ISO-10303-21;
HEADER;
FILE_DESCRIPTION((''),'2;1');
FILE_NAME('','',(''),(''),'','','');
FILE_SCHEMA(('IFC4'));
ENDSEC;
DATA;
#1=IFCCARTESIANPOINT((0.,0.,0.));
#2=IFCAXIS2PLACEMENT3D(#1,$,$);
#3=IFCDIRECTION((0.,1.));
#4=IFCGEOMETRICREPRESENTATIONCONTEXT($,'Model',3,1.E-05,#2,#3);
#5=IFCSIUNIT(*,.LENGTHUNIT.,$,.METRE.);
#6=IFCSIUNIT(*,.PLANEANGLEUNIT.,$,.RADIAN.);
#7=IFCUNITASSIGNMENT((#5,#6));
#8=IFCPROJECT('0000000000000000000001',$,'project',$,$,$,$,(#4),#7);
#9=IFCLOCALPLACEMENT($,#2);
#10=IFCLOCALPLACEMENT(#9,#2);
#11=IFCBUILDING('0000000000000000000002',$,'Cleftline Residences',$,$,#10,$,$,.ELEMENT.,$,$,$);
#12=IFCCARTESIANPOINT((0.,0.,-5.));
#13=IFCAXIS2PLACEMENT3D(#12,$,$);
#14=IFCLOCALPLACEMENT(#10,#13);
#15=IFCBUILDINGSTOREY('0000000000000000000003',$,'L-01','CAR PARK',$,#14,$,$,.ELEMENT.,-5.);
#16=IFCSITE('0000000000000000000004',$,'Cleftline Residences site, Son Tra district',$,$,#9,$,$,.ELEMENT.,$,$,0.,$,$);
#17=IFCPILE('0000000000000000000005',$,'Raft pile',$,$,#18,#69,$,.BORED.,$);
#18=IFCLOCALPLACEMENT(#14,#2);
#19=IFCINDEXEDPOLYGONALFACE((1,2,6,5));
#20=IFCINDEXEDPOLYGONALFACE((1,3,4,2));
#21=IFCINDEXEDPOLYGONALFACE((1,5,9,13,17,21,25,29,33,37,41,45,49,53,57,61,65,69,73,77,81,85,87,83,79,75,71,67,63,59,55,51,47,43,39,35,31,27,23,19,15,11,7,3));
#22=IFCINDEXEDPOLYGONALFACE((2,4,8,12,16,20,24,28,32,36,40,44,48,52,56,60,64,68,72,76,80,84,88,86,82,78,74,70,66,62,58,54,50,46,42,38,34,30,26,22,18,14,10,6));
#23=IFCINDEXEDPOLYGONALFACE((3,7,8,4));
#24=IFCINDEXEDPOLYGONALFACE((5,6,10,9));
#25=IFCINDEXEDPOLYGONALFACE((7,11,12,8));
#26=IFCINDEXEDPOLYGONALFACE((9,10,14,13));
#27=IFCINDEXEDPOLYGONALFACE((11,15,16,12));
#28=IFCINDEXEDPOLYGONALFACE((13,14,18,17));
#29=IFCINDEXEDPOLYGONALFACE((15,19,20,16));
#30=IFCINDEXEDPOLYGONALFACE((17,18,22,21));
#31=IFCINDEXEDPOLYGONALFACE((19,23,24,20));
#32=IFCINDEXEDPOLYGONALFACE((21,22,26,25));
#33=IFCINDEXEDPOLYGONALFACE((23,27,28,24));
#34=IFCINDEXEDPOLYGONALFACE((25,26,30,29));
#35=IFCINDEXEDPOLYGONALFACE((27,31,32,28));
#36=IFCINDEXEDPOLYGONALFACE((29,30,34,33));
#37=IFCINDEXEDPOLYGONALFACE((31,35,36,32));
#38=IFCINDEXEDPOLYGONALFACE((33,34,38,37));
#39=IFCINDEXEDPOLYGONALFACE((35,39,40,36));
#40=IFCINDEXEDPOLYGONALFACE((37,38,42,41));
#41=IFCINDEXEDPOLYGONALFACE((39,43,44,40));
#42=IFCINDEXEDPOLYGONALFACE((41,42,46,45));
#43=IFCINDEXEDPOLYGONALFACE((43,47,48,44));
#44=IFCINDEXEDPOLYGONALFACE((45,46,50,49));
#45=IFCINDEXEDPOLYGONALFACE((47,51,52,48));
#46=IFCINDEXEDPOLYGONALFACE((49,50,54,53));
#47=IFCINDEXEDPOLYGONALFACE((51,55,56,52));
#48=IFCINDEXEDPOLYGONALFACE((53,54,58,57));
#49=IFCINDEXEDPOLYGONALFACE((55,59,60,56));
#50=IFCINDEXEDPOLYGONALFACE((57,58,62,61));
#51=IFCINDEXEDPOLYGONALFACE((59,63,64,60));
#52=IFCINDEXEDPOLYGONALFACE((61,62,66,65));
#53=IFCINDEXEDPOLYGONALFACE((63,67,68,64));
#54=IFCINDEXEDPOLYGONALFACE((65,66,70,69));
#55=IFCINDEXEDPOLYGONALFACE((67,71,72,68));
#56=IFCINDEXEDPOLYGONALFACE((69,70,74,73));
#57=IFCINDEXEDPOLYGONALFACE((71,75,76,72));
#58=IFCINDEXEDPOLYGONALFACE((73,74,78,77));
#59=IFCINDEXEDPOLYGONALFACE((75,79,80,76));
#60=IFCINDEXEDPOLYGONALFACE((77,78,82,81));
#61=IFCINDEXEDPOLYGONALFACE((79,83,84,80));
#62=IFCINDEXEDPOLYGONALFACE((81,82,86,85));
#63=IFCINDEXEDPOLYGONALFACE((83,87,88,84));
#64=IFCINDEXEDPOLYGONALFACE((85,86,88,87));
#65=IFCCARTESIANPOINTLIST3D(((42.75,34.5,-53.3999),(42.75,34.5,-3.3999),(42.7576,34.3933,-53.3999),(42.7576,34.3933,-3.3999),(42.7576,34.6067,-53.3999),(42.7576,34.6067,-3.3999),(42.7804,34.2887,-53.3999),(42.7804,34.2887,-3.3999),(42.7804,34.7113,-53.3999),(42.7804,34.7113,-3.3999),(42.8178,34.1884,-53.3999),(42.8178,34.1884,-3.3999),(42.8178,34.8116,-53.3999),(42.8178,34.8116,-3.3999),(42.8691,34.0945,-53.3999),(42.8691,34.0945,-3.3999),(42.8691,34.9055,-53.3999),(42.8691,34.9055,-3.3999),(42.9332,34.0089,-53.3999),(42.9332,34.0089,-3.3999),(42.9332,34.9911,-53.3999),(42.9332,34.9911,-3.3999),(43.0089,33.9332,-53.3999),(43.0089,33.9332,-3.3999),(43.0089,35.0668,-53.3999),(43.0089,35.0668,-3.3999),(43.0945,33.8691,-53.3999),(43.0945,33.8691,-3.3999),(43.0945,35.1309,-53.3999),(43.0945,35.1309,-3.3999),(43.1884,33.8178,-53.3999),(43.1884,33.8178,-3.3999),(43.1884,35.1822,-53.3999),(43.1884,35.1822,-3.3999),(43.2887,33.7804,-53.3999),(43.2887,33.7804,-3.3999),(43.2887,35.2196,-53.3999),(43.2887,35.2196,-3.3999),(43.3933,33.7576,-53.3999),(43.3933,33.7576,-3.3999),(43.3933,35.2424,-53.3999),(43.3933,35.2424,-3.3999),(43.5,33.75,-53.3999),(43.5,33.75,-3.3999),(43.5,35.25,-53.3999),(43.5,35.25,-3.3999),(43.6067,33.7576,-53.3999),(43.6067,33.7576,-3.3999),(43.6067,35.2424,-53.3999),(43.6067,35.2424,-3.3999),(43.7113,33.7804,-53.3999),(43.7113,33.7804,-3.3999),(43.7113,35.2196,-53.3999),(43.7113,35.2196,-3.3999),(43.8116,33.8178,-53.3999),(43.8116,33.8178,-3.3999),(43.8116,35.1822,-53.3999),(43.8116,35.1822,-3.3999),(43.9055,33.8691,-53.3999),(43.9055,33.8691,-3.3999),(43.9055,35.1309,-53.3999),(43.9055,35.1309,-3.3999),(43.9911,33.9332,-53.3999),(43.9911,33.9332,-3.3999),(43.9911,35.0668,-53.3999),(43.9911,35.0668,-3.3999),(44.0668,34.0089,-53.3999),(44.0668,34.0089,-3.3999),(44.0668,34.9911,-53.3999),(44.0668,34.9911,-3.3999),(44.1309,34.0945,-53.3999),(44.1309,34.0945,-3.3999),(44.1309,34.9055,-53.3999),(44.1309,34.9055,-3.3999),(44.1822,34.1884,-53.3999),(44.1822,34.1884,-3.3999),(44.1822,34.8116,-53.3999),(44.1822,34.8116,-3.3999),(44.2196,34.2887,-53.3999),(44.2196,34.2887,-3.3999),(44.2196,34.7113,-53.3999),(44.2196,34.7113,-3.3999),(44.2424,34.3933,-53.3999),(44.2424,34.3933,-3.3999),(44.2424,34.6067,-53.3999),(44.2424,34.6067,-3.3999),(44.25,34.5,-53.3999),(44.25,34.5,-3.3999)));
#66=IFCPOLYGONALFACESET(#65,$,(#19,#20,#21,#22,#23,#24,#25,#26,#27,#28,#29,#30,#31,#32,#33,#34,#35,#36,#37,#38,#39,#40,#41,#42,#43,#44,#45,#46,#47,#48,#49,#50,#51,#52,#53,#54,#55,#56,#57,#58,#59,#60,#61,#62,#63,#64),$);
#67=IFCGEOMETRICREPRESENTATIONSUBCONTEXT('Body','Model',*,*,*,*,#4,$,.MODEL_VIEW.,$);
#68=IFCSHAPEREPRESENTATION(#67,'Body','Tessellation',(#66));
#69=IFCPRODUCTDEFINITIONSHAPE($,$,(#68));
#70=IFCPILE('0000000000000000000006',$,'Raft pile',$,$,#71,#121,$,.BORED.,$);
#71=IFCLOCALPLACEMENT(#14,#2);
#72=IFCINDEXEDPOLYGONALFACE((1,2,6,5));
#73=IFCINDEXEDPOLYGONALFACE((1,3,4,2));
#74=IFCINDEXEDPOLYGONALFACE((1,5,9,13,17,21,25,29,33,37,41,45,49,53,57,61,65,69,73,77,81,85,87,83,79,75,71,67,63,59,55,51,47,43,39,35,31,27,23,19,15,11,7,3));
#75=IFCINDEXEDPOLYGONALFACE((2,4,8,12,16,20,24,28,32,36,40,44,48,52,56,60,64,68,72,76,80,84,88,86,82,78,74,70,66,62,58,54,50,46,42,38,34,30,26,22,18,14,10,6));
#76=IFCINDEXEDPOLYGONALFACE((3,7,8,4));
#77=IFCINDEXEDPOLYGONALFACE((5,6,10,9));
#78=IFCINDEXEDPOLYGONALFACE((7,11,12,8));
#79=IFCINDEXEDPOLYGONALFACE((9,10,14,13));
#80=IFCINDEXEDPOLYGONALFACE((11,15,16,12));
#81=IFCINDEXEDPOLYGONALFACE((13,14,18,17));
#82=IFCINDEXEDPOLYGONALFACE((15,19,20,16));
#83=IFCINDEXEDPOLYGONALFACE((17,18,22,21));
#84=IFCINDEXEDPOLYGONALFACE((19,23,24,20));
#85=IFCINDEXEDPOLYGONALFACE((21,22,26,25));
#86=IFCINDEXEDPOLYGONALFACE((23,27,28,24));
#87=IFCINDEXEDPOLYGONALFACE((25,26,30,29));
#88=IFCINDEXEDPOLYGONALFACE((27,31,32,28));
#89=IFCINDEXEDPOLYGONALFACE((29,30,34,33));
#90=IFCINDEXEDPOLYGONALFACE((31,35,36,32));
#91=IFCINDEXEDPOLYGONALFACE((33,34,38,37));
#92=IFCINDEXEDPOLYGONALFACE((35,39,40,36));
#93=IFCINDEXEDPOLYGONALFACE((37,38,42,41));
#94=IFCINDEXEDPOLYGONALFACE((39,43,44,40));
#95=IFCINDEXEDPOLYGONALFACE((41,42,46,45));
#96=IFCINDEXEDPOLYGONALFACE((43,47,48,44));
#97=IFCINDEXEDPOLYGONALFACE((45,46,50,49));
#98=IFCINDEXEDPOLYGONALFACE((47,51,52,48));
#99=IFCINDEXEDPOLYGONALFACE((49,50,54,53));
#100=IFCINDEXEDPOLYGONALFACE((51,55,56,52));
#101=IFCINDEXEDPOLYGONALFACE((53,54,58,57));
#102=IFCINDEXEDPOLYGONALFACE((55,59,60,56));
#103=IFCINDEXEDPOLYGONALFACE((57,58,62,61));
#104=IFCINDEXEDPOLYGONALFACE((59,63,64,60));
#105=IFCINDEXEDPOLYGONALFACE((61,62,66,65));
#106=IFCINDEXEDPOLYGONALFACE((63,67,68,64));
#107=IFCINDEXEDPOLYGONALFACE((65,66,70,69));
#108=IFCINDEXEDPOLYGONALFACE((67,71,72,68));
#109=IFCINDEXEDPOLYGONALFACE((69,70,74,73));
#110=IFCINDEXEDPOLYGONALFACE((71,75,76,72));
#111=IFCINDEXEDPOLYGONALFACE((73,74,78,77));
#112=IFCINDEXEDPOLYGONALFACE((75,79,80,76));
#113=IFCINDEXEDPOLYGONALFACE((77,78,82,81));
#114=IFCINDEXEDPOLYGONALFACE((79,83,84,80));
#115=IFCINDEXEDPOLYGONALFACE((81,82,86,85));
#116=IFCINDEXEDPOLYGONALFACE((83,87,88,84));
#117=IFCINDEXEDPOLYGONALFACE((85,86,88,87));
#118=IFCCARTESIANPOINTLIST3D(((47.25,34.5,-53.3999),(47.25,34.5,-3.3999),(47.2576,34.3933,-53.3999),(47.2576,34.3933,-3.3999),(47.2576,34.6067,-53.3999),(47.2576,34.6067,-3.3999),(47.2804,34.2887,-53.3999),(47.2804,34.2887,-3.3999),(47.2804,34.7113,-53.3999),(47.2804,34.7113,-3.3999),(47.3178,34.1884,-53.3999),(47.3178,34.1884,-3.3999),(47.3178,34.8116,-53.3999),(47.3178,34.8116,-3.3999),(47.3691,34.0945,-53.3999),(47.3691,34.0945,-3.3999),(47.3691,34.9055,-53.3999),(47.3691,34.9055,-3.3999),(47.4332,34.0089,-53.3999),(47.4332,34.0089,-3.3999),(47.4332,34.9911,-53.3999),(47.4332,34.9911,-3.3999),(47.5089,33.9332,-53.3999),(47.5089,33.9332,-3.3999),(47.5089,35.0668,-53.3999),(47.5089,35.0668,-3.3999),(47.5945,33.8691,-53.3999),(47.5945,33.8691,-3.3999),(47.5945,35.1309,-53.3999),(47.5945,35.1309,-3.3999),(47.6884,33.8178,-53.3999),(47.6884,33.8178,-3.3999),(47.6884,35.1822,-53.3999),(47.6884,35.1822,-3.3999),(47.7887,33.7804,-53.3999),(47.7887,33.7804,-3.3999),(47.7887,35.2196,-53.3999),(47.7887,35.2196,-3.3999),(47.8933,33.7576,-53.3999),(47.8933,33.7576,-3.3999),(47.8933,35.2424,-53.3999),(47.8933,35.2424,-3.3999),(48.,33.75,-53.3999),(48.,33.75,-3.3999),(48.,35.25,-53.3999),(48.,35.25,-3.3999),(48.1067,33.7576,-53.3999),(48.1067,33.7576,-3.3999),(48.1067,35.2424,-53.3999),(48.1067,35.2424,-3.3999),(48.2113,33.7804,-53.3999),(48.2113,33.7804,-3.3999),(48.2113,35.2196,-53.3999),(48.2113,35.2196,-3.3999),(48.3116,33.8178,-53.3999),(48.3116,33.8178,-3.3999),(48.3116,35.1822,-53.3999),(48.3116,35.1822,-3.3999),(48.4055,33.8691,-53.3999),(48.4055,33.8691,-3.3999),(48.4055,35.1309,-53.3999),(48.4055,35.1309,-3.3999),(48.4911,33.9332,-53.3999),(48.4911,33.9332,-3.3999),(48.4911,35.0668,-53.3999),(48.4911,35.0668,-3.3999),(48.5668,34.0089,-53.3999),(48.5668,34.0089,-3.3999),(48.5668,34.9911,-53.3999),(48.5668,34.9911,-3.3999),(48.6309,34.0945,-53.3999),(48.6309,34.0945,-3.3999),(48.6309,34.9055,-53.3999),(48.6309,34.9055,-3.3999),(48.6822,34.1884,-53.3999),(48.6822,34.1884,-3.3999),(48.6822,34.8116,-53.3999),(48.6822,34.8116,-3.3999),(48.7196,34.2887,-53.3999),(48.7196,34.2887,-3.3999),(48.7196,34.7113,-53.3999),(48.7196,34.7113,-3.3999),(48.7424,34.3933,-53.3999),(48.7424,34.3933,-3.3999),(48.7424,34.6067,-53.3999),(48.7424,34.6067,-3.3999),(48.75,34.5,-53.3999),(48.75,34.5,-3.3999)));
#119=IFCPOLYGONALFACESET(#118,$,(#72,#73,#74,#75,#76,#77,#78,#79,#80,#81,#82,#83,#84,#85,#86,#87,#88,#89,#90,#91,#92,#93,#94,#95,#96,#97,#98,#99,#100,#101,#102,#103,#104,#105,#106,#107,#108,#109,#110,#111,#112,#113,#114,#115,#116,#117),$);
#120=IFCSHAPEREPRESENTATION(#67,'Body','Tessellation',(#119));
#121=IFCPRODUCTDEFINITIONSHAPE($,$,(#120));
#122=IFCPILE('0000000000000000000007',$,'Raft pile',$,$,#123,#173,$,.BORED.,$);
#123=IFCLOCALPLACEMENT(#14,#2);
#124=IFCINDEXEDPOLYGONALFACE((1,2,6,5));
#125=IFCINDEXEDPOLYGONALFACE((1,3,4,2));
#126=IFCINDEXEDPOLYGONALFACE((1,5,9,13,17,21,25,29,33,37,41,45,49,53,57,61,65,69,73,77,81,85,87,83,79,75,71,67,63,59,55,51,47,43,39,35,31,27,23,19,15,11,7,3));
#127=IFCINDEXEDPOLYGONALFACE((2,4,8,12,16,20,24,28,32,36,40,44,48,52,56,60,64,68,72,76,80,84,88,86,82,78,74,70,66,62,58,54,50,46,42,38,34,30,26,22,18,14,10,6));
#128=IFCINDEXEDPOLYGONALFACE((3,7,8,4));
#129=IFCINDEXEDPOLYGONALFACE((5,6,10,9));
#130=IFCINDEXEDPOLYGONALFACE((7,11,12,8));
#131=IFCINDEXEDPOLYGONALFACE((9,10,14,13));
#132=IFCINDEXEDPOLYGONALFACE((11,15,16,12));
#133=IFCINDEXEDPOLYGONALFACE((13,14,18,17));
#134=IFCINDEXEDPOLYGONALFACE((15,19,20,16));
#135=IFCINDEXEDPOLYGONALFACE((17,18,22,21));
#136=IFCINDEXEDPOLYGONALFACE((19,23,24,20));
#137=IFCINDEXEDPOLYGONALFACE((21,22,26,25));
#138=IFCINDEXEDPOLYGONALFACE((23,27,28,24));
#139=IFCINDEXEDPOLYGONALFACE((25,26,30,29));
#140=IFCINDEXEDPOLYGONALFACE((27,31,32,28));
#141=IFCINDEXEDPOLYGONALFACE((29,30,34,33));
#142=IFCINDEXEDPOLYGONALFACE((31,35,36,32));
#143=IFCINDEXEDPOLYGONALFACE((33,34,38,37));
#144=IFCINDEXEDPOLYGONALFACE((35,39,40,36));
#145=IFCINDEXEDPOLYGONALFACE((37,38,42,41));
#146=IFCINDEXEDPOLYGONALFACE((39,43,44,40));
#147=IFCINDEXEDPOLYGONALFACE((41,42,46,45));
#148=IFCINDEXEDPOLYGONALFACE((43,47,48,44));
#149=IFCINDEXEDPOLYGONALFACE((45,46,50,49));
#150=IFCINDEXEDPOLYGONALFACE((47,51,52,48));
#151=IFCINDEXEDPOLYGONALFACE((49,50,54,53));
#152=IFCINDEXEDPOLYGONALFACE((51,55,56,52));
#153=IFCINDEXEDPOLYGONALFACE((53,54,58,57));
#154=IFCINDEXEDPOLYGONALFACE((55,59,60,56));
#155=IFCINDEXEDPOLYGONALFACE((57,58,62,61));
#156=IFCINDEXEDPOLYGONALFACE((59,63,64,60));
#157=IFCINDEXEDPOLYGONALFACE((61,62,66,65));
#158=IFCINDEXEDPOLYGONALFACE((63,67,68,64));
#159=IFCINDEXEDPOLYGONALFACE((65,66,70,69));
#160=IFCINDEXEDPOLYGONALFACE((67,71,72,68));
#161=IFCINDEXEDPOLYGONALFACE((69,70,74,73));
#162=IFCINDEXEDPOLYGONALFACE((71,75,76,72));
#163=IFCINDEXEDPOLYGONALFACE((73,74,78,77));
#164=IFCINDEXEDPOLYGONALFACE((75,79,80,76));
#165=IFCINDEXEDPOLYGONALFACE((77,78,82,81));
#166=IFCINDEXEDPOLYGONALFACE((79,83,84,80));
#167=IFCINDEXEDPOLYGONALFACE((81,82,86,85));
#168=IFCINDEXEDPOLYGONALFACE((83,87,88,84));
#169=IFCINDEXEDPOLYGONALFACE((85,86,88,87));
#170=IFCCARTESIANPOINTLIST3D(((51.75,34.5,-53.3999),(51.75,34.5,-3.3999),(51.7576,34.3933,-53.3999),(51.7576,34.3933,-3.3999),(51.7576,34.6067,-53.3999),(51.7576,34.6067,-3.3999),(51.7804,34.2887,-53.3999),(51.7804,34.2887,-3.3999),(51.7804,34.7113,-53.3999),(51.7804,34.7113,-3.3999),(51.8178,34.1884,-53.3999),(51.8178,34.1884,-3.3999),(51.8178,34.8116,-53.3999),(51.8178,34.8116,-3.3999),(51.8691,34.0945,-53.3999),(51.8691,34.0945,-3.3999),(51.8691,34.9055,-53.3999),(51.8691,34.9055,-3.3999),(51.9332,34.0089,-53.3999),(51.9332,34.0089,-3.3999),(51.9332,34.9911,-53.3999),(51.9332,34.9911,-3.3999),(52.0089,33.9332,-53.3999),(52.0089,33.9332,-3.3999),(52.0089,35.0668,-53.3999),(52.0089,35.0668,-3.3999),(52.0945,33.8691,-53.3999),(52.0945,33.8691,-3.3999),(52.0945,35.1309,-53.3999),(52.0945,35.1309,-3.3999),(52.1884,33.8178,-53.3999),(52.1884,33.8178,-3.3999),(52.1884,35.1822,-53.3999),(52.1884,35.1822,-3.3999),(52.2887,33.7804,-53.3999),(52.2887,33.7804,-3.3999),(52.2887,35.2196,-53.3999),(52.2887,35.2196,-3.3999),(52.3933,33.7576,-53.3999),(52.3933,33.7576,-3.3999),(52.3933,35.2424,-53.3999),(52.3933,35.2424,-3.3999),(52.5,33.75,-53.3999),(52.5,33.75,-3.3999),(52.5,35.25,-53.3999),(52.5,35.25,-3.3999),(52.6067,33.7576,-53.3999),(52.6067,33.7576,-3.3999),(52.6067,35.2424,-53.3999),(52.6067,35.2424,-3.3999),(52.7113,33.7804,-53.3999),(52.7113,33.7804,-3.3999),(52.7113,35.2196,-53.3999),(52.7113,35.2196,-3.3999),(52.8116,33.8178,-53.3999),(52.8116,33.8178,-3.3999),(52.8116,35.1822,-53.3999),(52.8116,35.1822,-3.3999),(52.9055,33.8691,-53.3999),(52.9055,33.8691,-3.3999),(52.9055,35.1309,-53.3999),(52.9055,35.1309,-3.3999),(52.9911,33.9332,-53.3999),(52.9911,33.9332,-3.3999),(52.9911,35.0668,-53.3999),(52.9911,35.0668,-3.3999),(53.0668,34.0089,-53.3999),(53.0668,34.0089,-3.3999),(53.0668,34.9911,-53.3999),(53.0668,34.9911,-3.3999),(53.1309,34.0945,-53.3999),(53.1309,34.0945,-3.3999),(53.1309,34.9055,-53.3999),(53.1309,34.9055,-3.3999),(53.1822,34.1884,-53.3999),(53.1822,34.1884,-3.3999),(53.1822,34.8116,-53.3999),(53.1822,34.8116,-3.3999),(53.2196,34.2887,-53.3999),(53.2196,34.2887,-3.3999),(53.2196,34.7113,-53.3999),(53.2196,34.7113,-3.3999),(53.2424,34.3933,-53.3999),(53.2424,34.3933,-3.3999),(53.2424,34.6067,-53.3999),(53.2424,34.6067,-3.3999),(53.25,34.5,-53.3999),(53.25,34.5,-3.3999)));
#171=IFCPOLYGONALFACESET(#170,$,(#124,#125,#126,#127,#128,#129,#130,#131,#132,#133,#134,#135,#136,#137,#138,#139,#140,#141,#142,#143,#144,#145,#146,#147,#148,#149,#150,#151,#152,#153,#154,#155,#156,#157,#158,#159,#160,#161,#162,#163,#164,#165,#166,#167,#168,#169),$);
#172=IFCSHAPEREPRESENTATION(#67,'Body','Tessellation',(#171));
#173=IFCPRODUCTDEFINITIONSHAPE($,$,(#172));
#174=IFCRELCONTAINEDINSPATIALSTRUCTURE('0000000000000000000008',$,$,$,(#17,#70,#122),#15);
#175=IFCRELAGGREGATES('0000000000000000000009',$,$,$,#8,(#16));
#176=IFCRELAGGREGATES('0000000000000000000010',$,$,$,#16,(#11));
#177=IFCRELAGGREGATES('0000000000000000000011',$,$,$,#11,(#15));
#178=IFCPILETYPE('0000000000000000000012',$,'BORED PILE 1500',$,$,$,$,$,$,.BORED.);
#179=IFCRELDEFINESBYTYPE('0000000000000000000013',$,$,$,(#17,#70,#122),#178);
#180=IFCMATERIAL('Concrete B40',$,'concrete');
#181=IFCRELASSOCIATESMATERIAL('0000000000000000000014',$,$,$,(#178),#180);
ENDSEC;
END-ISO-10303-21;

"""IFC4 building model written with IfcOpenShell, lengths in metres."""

from ifc_helpers import new_model, si_unit, direction, frame, origin, origin_2d, place, context, subcontext, project, spatial, circle, extrude, material, material_profile, profile_set, type_object, element, save


model = new_model("IFC4")

# Units and contexts
model_context = context("Model", 3, precision=1e-05, world=origin(), true_north=direction((0.0, 1.0)))
body_context = subcontext(model_context, "Body", "Model", "MODEL_VIEW")
ifc_project = project(units=[si_unit("LENGTHUNIT", "METRE"), si_unit("PLANEANGLEUNIT", "RADIAN")], contexts=[model_context])

# Site, building, storey
site_placement = place(None, origin())
site = spatial("IfcSite", under=ifc_project, at=site_placement, Name="Cleftline Residences site, Son Tra district", CompositionType="ELEMENT", RefElevation=0.0)
building_placement = place(site_placement, origin())
building = spatial("IfcBuilding", under=site, at=building_placement, Name="Cleftline Residences", CompositionType="ELEMENT")
storey_placement = place(building_placement, frame((0.0, 0.0, -5.0)))
storey = spatial("IfcBuildingStorey", under=building, at=storey_placement, Name="L-01", Description="CAR PARK", CompositionType="ELEMENT", Elevation=-5.0)

# Piles
ifc_material_1 = material(Name="Concrete B40", Category="concrete")
ifc_material_profile_1 = material_profile(ifc_material_1, circle(Radius=0.75, at=origin_2d()))
ifc_profile_set_1 = profile_set([ifc_material_profile_1], Name="Concrete B40")
pile_type = type_object("IfcPileType", Name="BORED PILE 1500", PredefinedType="BORED", material=ifc_profile_set_1)
for number, where, z_axis, x_axis, name in (
    (1, (43.5, 34.5, -3.3999), (0.0, 0.0, -1.0), (1.0, 0.0, 0.0), "Raft pile"),
    (2, (48.0, 34.5, -3.3999), (0.0, 0.0, -1.0), (1.0, 0.0, 0.0), "Raft pile"),
    (3, (52.5, 34.5, -3.3999), (0.0, 0.0, -1.0), (1.0, 0.0, 0.0), "Raft pile"),
):
    element("IfcPile", number, at=place(storey_placement, frame(where, z_axis=z_axis, x_axis=x_axis)), inside=storey, type_object=pile_type, Name=name, PredefinedType="BORED", context=body_context, shape_type="SweptSolid", body=[
        extrude(circle(Radius=0.75, at=origin_2d()), origin(), (0.0, 0.0, 1.0), 50.0),
    ])

save(model, "model.ifc")
